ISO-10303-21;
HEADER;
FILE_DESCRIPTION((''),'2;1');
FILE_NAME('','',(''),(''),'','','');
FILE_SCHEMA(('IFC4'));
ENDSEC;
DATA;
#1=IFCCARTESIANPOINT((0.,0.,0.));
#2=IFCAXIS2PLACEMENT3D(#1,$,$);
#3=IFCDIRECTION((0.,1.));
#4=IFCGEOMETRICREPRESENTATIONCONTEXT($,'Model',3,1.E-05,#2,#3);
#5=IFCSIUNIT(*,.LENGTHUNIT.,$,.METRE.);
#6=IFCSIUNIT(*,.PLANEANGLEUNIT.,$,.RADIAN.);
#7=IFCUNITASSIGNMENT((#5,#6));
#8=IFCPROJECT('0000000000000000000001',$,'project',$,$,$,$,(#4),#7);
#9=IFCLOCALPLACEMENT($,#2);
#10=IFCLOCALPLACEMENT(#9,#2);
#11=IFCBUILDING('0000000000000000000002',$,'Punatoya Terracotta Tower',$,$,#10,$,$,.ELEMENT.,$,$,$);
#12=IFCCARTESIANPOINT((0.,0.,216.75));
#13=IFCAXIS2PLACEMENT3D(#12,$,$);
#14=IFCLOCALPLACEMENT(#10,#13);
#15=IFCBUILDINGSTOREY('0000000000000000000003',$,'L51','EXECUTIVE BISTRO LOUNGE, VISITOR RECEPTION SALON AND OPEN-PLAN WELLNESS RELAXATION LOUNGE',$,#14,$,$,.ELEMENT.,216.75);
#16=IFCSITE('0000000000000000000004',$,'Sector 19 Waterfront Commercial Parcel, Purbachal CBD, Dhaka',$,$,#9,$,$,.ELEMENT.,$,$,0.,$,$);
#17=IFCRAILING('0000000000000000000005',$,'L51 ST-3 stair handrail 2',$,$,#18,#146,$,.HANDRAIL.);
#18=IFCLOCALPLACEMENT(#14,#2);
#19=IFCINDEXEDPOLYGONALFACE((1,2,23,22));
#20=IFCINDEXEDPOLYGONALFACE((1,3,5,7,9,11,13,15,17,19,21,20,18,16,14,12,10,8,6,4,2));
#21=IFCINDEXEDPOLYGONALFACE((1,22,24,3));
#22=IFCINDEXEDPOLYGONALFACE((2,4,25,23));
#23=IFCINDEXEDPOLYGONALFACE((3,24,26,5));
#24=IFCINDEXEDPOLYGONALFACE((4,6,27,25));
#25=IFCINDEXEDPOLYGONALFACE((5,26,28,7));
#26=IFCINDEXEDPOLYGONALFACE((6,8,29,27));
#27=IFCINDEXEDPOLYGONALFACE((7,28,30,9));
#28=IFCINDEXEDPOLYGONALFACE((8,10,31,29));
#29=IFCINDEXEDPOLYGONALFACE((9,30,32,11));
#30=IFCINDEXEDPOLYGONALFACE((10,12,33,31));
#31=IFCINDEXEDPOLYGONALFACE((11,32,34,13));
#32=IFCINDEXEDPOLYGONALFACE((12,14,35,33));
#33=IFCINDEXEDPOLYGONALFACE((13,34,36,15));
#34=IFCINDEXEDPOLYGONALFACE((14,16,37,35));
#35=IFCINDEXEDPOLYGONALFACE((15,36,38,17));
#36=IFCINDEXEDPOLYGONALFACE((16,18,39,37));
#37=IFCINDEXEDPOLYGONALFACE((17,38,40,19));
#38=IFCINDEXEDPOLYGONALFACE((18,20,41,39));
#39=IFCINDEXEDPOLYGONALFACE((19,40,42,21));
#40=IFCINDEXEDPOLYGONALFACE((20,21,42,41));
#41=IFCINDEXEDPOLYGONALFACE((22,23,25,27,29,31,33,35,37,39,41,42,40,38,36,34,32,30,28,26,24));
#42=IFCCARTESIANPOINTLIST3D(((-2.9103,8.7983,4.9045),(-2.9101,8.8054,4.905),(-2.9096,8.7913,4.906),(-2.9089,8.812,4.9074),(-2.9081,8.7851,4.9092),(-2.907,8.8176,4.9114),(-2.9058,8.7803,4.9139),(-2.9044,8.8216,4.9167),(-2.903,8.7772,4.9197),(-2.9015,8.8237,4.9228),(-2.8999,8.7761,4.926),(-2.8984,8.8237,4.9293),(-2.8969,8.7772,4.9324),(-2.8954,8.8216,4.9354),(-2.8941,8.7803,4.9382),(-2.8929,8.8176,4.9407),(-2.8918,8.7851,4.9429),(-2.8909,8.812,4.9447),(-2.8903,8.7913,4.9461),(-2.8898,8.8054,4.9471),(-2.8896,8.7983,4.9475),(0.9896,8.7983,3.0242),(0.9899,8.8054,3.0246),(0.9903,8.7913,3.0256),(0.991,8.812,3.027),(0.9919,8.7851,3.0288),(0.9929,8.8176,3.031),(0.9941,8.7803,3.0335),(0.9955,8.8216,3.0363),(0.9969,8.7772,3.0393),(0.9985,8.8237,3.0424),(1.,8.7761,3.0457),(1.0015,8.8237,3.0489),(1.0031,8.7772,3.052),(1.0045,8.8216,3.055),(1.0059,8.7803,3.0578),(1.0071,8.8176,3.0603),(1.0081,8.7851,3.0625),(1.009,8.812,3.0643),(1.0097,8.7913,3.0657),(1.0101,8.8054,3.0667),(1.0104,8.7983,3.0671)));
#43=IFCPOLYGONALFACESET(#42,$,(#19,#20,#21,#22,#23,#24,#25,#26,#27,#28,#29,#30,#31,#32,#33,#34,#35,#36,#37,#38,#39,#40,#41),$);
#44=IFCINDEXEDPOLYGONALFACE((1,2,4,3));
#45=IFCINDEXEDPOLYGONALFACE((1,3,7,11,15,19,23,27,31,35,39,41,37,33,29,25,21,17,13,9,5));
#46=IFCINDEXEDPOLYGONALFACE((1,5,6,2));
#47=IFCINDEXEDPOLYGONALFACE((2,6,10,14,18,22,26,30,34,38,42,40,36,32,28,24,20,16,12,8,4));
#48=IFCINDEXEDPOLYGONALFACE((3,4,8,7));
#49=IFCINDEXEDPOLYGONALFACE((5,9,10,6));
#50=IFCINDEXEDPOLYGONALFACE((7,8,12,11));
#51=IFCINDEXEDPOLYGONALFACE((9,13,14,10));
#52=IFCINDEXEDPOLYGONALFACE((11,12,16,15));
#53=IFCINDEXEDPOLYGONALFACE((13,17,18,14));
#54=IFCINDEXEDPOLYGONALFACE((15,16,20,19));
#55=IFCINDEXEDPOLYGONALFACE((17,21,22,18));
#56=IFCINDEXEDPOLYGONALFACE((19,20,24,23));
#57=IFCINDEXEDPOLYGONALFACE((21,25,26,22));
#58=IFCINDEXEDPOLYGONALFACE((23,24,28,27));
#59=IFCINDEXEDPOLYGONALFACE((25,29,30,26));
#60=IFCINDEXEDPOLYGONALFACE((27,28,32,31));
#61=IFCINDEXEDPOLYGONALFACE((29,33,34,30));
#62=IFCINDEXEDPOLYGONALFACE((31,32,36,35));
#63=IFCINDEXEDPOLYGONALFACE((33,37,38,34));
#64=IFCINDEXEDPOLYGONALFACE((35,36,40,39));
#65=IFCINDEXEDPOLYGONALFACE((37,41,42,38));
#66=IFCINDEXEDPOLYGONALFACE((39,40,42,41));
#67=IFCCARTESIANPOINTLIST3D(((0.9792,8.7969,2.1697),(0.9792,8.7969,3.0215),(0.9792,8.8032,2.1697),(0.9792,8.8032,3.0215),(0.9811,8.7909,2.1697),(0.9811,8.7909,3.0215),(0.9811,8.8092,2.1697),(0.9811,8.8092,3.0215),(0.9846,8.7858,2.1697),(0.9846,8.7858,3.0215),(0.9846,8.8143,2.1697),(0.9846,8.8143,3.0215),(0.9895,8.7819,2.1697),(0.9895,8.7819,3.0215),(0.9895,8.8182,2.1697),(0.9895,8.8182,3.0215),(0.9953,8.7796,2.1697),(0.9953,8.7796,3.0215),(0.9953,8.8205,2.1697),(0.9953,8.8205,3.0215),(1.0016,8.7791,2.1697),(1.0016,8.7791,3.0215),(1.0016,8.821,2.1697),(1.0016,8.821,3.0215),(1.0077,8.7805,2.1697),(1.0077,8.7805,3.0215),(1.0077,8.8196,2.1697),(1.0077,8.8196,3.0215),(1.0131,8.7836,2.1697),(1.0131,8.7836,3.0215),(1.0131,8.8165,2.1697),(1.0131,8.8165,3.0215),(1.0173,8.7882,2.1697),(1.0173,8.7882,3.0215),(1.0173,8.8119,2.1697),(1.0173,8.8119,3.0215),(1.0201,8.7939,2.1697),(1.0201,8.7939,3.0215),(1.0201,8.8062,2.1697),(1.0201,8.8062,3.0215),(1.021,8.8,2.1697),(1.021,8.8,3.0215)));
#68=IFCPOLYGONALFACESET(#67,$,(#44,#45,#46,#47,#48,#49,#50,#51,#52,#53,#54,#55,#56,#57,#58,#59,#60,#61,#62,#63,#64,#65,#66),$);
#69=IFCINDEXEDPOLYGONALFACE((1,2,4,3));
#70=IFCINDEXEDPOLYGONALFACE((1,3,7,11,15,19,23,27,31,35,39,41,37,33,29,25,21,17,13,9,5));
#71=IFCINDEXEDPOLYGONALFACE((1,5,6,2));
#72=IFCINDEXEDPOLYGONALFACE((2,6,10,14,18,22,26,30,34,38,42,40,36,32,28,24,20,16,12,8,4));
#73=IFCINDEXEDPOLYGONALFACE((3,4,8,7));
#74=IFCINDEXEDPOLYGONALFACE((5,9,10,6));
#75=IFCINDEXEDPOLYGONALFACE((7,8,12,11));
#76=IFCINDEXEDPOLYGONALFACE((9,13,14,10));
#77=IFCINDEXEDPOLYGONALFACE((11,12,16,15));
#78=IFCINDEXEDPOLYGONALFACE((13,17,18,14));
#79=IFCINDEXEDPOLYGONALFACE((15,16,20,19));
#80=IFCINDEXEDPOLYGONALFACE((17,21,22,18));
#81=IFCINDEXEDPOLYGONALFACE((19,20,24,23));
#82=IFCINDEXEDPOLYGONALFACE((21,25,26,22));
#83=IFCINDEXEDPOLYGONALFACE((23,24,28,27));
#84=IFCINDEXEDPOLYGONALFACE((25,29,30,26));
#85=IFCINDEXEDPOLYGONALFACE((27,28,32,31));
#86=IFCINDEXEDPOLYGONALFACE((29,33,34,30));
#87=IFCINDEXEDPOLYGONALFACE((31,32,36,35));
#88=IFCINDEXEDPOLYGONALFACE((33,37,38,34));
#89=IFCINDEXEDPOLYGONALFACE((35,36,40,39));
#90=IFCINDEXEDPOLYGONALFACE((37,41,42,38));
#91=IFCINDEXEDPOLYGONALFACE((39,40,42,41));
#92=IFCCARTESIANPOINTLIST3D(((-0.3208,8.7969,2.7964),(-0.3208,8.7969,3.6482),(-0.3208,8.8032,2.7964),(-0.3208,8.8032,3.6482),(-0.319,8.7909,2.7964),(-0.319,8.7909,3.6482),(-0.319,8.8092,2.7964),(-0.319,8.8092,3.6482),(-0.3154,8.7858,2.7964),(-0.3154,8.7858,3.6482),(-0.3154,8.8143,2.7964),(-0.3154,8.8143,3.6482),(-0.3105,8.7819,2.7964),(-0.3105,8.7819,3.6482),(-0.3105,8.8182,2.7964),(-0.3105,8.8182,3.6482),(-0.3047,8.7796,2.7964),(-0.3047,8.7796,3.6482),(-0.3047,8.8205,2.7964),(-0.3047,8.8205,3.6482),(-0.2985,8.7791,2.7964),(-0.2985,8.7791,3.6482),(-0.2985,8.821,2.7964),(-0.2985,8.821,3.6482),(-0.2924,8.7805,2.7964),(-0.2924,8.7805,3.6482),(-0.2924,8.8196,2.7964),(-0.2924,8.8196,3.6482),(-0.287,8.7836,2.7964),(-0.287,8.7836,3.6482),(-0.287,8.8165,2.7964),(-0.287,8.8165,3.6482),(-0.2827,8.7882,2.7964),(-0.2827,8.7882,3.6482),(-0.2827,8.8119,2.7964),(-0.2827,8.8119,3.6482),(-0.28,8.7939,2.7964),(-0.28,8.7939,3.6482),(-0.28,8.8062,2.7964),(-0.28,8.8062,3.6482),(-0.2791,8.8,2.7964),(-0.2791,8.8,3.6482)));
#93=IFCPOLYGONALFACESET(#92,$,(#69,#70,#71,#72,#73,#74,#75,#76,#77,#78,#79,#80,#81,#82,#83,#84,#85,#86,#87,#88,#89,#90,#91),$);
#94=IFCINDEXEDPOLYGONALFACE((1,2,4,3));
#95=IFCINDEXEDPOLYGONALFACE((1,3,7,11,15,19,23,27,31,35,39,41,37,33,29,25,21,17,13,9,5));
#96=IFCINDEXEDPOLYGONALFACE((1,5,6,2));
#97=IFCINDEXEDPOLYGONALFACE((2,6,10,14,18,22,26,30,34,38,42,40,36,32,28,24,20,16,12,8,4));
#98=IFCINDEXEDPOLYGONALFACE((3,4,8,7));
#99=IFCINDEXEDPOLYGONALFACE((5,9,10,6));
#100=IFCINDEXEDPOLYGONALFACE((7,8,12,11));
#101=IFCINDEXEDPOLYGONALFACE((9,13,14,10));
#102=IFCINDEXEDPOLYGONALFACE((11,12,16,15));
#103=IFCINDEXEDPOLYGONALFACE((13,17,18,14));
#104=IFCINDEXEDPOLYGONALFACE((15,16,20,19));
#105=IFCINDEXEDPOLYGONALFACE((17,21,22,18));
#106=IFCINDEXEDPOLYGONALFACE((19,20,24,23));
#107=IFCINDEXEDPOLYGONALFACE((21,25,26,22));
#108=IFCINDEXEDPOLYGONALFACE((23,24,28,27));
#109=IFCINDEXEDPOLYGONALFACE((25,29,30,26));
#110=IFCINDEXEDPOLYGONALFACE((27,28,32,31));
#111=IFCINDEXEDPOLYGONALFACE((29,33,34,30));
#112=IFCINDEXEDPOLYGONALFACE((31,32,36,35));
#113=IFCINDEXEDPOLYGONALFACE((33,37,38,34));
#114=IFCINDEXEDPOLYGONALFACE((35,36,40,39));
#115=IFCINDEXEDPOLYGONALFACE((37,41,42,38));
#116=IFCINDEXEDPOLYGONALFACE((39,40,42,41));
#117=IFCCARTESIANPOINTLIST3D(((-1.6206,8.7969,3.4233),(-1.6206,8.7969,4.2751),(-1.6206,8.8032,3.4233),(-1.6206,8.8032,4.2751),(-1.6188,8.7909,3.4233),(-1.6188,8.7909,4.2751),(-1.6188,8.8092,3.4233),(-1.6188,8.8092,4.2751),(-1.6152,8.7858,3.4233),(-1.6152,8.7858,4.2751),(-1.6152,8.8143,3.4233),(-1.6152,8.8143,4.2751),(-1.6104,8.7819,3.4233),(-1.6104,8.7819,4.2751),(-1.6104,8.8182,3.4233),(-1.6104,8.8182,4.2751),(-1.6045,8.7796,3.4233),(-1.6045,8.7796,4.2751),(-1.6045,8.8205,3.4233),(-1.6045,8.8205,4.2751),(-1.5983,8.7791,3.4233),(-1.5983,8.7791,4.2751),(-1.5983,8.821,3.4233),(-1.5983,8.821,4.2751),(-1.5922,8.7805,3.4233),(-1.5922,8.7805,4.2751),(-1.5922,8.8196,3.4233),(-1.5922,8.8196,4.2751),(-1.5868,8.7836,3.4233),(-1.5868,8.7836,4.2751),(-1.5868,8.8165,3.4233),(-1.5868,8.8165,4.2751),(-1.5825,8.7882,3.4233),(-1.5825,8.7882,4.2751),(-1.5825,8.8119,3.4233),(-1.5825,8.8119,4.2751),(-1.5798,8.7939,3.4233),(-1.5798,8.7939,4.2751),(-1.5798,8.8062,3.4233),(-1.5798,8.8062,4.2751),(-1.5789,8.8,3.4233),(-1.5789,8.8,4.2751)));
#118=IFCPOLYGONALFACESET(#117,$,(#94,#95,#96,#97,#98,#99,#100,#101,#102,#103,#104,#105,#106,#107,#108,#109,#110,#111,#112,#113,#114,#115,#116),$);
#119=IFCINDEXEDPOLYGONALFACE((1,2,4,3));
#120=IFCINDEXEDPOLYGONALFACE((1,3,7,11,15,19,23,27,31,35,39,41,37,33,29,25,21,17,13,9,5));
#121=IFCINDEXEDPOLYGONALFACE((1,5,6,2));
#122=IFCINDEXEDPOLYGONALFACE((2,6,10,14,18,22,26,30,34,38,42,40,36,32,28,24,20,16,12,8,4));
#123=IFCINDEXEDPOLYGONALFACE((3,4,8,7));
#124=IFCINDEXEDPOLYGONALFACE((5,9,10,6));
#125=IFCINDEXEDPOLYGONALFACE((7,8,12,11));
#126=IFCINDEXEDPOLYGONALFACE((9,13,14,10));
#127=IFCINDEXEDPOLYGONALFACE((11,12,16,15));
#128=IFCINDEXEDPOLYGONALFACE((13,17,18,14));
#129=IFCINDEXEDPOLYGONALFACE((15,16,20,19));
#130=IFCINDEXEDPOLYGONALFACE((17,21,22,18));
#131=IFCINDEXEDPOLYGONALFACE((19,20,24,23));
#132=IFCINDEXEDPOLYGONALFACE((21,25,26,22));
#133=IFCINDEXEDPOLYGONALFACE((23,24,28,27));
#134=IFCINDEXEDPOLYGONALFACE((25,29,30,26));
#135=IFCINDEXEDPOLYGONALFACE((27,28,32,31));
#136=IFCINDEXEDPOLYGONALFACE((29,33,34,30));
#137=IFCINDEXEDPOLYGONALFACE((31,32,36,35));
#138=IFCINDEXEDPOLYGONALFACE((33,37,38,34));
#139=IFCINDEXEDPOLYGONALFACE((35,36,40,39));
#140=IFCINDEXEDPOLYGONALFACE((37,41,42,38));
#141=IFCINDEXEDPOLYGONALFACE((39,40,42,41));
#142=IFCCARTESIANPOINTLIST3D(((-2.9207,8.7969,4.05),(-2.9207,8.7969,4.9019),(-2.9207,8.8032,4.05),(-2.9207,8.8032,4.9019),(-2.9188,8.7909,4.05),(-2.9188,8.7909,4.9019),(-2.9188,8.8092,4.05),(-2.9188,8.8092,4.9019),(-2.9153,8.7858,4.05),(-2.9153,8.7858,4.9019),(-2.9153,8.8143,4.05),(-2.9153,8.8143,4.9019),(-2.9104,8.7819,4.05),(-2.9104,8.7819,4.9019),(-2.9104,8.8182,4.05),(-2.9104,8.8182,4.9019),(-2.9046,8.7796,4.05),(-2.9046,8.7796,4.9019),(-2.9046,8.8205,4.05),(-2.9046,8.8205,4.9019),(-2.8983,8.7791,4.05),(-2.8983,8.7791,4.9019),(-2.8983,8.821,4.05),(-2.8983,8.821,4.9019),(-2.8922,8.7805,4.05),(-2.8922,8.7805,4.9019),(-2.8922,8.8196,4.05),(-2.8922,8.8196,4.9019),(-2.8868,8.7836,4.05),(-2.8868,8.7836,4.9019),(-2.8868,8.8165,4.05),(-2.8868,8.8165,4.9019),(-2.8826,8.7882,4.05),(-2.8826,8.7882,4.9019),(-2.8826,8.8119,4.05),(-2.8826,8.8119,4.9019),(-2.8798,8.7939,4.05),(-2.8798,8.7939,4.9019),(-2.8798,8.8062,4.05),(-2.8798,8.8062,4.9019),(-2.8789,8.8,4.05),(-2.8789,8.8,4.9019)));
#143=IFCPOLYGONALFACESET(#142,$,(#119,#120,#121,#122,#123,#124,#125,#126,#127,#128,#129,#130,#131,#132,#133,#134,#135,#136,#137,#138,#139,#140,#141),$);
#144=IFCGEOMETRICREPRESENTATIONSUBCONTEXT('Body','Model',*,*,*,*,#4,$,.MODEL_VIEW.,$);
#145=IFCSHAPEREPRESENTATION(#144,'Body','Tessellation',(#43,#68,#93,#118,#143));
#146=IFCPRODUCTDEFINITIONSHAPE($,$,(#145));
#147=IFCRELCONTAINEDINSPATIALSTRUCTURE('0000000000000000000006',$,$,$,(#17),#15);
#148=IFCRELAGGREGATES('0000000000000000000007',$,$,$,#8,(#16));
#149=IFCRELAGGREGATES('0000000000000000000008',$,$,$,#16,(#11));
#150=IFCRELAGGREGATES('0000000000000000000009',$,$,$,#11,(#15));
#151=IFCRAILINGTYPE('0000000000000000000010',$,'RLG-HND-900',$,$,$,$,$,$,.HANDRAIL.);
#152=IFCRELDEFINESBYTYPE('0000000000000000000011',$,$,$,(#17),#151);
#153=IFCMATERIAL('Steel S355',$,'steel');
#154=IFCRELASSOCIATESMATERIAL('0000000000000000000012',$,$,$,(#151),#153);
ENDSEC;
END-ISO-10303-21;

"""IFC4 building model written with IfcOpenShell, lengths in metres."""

from ifc_helpers import new_model, si_unit, direction, frame, origin, origin_2d, place, context, subcontext, project, spatial, circle, extrude, material, type_object, element, save


model = new_model("IFC4")

# Units and contexts
model_context = context("Model", 3, precision=1e-05, world=origin(), true_north=direction((0.0, 1.0)))
body_context = subcontext(model_context, "Body", "Model", "MODEL_VIEW")
ifc_project = project(units=[si_unit("LENGTHUNIT", "METRE"), si_unit("PLANEANGLEUNIT", "RADIAN")], contexts=[model_context])

# Site, building, storey
site_placement = place(None, origin())
site = spatial("IfcSite", under=ifc_project, at=site_placement, Name="Sector 19 Waterfront Commercial Parcel, Purbachal CBD, Dhaka", CompositionType="ELEMENT", RefElevation=0.0)
building_placement = place(site_placement, origin())
building = spatial("IfcBuilding", under=site, at=building_placement, Name="Punatoya Terracotta Tower", CompositionType="ELEMENT")
storey_placement = place(building_placement, frame((0.0, 0.0, 216.75)))
storey = spatial("IfcBuildingStorey", under=building, at=storey_placement, Name="L51", Description="EXECUTIVE BISTRO LOUNGE, VISITOR RECEPTION SALON AND OPEN-PLAN WELLNESS RELAXATION LOUNGE", CompositionType="ELEMENT", Elevation=216.75)

# Shared definitions
ifc_material_1 = material(Name="Steel S355", Category="steel")

# Railing
railing_type_1 = type_object("IfcRailingType", Name="RLG-HND-900", PredefinedType="HANDRAIL", material=ifc_material_1)
railing_1_placement = place(storey_placement, frame((1.0, 8.8, 2.1697)))
element("IfcRailing", 1, at=railing_1_placement, inside=storey, type_object=railing_type_1, Name="L51 ST-3 stair handrail 2", PredefinedType="HANDRAIL", context=body_context, shape_type="SweptSolid", body=[
    extrude(circle(Radius=0.0239, at=origin_2d()), frame((0.0, 0.0, 0.876), z_axis=(-0.900763, 0.0, 0.434311), x_axis=(0.0, -1.0, 0.0)), (0.0, 0.0, 1.0), 4.3296),
    extrude(circle(Radius=0.021, at=origin_2d()), origin(), (0.0, 0.0, 1.0), 0.8518),
    extrude(circle(Radius=0.021, at=origin_2d()), frame((-1.3, 0.0, 0.6267)), (0.0, 0.0, 1.0), 0.8518),
    extrude(circle(Radius=0.021, at=origin_2d()), frame((-2.5999, 0.0, 1.2537)), (0.0, 0.0, 1.0), 0.8518),
    extrude(circle(Radius=0.021, at=origin_2d()), frame((-3.8999, 0.0, 1.8804)), (0.0, 0.0, 1.0), 0.8518),
])

save(model, "model.ifc")
